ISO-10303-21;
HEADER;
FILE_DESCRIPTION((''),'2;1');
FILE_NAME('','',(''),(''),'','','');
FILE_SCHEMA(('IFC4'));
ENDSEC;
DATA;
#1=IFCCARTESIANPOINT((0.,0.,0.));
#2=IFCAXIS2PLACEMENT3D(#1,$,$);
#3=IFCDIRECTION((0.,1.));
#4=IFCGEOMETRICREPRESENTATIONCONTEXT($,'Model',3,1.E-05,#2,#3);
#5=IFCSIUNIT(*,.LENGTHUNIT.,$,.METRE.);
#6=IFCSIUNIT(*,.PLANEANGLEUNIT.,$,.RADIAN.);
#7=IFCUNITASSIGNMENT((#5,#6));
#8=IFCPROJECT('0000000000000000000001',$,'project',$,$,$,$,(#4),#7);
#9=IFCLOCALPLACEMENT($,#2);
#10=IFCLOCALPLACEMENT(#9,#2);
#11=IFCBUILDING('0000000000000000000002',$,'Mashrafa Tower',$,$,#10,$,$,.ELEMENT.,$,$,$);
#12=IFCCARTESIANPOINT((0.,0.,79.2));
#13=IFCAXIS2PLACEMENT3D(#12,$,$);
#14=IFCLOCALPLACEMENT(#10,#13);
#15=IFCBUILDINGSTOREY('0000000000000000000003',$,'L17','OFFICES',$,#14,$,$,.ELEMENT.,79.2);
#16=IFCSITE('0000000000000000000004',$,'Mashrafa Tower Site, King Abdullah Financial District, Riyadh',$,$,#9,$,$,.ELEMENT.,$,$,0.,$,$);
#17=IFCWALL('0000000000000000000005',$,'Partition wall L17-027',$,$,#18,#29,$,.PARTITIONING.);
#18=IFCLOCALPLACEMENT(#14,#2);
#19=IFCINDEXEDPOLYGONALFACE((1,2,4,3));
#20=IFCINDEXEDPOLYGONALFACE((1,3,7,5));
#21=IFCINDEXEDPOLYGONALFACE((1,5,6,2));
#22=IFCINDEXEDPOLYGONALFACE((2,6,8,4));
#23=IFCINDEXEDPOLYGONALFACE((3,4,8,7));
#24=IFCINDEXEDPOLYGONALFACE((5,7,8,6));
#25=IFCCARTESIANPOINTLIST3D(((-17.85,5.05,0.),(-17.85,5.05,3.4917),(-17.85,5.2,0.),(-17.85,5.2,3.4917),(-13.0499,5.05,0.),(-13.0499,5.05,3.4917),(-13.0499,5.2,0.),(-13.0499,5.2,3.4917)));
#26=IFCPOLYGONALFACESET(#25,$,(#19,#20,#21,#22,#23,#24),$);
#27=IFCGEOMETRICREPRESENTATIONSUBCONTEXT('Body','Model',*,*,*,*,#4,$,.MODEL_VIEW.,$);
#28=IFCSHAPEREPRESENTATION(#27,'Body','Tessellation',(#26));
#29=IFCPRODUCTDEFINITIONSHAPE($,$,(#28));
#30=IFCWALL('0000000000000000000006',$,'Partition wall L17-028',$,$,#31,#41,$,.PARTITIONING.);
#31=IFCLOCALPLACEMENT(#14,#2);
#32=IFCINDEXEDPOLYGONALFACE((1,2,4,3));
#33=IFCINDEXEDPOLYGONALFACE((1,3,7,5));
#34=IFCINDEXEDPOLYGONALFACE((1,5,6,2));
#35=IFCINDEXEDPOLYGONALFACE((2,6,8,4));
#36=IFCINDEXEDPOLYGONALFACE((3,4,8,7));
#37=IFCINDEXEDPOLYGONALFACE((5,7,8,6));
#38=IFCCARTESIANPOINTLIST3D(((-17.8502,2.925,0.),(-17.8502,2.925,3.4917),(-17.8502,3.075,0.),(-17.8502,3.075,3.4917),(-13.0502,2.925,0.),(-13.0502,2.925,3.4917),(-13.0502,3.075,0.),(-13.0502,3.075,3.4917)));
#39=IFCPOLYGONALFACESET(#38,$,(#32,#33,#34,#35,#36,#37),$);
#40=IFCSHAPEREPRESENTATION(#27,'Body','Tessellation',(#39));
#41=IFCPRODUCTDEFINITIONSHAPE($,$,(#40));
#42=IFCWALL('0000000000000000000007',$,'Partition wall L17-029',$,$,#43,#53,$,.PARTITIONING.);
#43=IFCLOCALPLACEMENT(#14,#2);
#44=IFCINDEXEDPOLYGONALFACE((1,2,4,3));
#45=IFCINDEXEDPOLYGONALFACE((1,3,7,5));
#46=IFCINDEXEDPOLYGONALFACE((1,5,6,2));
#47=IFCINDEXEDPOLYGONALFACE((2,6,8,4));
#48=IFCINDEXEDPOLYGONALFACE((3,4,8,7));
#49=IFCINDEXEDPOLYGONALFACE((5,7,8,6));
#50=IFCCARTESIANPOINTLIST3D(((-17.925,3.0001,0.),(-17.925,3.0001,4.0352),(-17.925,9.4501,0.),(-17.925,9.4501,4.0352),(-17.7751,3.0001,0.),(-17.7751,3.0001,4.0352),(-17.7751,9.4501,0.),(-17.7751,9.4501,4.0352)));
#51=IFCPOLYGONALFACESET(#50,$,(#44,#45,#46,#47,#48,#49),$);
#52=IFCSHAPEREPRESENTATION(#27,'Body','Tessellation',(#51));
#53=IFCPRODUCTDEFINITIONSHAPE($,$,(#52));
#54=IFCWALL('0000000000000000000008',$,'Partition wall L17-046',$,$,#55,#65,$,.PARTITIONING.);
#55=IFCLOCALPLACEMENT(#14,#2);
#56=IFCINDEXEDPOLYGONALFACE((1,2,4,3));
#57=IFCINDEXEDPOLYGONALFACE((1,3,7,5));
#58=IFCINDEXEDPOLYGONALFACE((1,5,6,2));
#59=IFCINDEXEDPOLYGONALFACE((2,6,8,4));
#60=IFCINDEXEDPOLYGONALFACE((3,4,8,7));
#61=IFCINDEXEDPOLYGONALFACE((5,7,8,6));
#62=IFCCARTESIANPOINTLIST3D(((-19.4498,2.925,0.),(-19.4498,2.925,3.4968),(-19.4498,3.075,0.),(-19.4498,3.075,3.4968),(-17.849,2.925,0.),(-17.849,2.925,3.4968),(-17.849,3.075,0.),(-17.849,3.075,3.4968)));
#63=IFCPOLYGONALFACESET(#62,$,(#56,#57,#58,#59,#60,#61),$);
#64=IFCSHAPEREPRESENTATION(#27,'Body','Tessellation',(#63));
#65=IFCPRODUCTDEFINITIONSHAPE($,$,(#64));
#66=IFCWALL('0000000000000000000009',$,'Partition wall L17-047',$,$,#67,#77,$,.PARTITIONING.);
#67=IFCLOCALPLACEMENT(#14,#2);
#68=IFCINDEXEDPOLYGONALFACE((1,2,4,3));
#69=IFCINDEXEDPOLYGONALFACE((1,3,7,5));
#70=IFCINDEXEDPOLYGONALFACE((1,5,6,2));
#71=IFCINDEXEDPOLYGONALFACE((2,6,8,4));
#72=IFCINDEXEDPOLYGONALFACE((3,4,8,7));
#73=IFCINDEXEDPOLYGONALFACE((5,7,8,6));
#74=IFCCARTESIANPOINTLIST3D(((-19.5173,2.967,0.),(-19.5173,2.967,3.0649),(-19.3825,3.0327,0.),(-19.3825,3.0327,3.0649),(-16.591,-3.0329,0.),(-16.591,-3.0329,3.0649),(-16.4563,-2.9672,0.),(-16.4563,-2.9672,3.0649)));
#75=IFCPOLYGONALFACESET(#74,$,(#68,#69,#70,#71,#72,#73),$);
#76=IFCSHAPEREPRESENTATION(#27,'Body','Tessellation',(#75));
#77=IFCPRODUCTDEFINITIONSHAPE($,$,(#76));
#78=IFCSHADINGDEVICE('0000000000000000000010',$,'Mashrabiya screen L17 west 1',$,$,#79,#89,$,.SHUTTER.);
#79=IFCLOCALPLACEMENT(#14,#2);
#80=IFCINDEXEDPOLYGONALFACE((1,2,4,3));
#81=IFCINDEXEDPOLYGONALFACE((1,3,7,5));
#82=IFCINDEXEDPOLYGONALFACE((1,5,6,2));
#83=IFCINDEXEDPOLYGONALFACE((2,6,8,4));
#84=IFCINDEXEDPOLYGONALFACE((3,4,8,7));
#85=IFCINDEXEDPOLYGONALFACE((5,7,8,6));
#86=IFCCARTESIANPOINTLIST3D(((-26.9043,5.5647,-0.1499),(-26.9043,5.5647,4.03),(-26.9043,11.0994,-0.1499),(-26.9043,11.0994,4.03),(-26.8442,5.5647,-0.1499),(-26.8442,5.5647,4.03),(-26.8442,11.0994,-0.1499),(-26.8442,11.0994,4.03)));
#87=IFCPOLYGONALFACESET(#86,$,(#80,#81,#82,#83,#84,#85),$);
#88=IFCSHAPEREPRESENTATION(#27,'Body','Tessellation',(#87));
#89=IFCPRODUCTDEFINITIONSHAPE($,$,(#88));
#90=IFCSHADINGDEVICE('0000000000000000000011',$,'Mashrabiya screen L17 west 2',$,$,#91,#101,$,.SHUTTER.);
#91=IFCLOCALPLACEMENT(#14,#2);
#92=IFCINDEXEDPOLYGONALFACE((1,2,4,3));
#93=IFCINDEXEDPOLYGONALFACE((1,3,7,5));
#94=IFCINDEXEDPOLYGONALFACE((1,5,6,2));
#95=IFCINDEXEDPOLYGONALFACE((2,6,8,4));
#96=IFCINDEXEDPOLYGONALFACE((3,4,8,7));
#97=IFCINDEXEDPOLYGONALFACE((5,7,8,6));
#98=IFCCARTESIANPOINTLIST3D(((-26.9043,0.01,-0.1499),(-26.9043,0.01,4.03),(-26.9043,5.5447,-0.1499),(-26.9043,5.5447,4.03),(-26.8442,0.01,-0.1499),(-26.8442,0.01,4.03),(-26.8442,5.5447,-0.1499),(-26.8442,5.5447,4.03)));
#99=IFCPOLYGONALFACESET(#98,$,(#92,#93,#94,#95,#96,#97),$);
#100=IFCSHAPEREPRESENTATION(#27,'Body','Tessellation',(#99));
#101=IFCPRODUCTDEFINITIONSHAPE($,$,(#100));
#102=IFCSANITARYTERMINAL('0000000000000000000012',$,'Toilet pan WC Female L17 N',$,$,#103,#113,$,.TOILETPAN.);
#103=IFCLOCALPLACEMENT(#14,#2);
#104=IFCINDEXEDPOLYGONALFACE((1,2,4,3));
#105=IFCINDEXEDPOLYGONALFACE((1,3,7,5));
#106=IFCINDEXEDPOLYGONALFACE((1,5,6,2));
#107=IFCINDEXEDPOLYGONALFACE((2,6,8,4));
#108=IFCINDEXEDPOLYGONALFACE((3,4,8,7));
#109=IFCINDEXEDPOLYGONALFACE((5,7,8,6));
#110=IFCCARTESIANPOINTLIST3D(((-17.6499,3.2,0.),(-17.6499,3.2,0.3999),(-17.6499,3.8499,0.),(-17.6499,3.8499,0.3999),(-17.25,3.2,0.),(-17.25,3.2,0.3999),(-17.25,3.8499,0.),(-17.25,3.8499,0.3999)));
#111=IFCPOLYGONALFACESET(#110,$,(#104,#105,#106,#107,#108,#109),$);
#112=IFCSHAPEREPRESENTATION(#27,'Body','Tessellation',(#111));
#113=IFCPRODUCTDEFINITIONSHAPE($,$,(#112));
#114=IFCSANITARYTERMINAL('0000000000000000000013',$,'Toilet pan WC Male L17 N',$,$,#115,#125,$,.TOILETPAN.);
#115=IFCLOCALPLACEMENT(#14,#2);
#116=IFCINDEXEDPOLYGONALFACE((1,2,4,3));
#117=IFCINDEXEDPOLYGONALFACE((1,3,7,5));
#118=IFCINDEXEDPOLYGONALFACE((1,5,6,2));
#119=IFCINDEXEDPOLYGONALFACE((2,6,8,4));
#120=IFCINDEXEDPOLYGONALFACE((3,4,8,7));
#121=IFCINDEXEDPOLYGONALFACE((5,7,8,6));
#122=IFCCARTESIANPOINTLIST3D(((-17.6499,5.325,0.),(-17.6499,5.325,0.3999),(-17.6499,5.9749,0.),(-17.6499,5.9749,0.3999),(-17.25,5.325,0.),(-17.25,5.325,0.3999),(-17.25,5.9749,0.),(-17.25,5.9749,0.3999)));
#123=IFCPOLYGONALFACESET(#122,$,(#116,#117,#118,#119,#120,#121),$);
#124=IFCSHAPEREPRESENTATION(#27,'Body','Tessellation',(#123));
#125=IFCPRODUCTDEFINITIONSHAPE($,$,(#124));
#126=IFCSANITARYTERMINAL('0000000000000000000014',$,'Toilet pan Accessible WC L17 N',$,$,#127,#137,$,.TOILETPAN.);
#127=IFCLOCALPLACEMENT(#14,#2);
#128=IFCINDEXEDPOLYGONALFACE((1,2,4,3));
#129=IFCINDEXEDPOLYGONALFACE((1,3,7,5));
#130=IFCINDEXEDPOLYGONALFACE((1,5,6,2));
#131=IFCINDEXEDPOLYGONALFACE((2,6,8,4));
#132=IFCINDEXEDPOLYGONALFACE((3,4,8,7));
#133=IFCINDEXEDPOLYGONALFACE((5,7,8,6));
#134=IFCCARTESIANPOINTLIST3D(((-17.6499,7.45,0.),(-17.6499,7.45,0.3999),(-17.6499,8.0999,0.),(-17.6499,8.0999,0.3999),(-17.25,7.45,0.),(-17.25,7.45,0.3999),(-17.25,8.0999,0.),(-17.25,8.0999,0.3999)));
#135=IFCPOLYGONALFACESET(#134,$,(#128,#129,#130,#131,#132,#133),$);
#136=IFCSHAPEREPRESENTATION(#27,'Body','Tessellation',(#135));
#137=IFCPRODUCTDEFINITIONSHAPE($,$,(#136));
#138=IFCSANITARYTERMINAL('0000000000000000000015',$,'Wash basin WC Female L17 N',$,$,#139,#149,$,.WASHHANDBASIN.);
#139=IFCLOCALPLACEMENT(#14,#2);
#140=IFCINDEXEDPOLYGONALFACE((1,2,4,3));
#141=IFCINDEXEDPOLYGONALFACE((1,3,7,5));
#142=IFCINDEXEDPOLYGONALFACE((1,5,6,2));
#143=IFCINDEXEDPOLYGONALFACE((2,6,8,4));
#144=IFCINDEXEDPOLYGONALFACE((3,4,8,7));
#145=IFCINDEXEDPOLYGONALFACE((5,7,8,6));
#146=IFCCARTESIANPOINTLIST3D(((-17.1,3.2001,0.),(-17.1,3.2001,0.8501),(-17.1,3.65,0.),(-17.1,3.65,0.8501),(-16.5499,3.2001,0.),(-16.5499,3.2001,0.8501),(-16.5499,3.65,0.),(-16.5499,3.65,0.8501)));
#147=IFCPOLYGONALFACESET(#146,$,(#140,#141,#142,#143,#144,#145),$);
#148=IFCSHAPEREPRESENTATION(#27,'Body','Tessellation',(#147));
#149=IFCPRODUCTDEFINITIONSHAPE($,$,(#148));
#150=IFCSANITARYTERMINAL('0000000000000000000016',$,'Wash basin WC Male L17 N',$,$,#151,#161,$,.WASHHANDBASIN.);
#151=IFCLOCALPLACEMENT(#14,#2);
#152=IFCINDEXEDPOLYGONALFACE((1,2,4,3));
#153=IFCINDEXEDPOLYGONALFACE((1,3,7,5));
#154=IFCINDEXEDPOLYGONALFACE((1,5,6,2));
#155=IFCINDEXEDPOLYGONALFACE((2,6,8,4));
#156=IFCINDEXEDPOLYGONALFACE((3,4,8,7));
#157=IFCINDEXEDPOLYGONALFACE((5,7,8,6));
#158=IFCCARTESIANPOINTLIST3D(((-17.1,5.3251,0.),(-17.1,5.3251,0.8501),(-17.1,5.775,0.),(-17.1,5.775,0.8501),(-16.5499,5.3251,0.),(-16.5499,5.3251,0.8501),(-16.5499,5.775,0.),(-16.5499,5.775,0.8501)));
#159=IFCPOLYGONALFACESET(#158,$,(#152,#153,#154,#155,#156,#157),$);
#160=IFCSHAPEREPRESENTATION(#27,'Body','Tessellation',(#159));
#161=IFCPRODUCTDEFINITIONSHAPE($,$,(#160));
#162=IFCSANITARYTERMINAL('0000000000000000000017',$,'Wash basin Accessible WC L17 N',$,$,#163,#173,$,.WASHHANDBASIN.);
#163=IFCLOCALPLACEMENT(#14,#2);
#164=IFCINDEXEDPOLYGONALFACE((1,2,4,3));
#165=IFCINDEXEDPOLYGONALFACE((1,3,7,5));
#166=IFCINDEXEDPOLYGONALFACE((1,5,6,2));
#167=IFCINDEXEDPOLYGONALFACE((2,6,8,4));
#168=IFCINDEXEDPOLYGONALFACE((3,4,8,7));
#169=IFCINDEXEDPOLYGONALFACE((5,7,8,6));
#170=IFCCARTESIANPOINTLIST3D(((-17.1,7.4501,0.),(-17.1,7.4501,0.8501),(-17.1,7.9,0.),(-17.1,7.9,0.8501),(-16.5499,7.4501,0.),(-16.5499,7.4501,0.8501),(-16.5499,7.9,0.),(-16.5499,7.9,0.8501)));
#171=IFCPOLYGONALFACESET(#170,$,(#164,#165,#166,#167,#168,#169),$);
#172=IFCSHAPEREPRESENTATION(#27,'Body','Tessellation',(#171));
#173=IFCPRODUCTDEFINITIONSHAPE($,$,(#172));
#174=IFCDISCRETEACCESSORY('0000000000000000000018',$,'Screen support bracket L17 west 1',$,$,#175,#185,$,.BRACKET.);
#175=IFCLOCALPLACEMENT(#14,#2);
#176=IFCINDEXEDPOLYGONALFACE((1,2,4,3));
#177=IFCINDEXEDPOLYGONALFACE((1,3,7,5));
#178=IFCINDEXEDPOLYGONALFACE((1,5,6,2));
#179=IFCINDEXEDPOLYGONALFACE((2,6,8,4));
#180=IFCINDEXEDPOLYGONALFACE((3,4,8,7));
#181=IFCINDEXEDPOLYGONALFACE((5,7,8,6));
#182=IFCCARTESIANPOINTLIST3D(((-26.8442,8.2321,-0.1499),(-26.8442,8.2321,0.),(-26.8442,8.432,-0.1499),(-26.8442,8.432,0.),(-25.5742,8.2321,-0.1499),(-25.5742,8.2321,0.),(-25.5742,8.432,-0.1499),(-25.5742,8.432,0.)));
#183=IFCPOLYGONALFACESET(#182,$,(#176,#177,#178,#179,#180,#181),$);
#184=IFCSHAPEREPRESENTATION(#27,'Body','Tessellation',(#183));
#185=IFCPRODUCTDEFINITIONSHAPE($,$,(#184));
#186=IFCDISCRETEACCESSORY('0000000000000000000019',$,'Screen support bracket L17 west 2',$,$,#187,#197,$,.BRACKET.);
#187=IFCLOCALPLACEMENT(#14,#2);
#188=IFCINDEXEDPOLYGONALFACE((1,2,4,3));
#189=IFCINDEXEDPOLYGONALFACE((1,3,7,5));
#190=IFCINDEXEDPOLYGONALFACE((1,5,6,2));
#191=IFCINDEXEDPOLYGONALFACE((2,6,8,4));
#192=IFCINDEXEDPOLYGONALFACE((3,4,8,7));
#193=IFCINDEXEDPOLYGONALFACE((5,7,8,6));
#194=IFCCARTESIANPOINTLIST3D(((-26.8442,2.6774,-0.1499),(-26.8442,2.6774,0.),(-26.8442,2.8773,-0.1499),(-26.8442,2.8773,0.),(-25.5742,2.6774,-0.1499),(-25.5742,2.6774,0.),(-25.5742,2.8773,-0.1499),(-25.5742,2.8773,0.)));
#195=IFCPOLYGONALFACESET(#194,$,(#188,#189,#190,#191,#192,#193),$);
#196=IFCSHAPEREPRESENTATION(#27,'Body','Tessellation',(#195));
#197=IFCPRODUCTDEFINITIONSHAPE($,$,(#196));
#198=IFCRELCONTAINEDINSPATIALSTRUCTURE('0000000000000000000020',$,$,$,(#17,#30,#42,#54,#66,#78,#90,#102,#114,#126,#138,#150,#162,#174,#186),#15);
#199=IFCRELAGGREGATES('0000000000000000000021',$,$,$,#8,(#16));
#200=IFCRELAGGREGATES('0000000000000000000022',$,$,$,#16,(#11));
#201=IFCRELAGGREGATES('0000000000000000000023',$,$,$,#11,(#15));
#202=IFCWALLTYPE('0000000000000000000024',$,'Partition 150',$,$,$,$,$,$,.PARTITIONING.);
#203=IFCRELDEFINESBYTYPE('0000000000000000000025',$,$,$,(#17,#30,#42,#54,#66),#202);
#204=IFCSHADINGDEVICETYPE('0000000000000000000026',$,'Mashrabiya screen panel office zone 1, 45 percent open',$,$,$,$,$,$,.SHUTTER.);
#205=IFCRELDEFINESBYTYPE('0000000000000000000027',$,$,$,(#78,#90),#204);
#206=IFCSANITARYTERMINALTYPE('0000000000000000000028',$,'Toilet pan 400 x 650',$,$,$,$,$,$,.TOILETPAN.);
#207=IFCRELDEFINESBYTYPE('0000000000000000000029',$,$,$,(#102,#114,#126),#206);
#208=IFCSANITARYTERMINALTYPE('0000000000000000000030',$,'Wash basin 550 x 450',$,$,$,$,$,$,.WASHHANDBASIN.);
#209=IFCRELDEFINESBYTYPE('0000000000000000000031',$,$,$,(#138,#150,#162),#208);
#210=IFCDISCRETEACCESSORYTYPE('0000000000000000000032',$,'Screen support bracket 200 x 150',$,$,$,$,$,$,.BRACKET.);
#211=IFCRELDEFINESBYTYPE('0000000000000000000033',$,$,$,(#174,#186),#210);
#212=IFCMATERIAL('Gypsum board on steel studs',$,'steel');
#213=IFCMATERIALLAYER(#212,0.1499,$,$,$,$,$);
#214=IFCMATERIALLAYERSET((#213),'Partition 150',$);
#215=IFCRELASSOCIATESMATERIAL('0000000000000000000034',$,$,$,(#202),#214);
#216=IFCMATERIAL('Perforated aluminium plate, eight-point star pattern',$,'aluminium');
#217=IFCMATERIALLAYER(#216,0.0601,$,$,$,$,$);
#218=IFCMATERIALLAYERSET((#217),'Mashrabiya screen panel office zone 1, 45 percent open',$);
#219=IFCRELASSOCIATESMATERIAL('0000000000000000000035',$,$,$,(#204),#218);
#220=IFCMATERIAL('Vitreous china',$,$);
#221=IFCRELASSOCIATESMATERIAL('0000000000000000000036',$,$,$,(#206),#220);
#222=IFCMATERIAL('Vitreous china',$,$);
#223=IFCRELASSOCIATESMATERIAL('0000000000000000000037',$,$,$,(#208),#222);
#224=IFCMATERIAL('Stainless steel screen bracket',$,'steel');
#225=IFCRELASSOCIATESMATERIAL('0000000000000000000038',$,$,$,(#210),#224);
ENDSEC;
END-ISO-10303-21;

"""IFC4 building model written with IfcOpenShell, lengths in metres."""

from ifc_helpers import new_model, si_unit, direction, frame, frame_2d, origin, origin_2d, place, context, subcontext, project, spatial, rectangle, extrude, source, transform, mapped, material, layer, layer_set, type_object, type_shapes, element, save


model = new_model("IFC4")

# Units and contexts
model_context = context("Model", 3, precision=1e-05, world=origin(), true_north=direction((0.0, 1.0)))
body_context = subcontext(model_context, "Body", "Model", "MODEL_VIEW")
ifc_project = project(units=[si_unit("LENGTHUNIT", "METRE"), si_unit("PLANEANGLEUNIT", "RADIAN")], contexts=[model_context])

# Site, building, storey
site_placement = place(None, origin())
site = spatial("IfcSite", under=ifc_project, at=site_placement, Name="Mashrafa Tower Site, King Abdullah Financial District, Riyadh", CompositionType="ELEMENT", RefElevation=0.0)
building_placement = place(site_placement, origin())
building = spatial("IfcBuilding", under=site, at=building_placement, Name="Mashrafa Tower", CompositionType="ELEMENT")
storey_placement = place(building_placement, frame((0.0, 0.0, 79.2)))
storey = spatial("IfcBuildingStorey", under=building, at=storey_placement, Name="L17", Description="OFFICES", CompositionType="ELEMENT", Elevation=79.2)

# Walls
ifc_material_1 = material(Name="Gypsum board on steel studs", Category="steel")
ifc_layer_1 = layer(ifc_material_1, 0.1499)
ifc_layer_set_1 = layer_set([ifc_layer_1], Name="Partition 150")
wall_type_1 = type_object("IfcWallType", Name="Partition 150", PredefinedType="PARTITIONING", material=ifc_layer_set_1)
for number, where, z_axis, x_axis, name in (
    (1, (-13.05, 5.125, 0.0), (0.0, 0.0, 1.0), (-1.0, 0.0, 0.0), "Partition wall L17-027"),
    (2, (-17.8501, 3.0, 0.0), (0.0, 0.0, 1.0), (1.0, 0.0, 0.0), "Partition wall L17-028"),
):
    element("IfcWall", number, at=place(storey_placement, frame(where, z_axis=z_axis, x_axis=x_axis)), inside=storey, type_object=wall_type_1, Name=name, PredefinedType="PARTITIONING", context=body_context, shape_type="SweptSolid", body=[
        extrude(rectangle(XDim=4.8, YDim=0.1499, at=frame_2d((2.3999, 0.0))), origin(), (0.0, 0.0, 1.0), 3.4917),
    ])
wall_1_placement = place(storey_placement, frame((-17.8501, 3.0, 0.0), z_axis=(0.0, 0.0, 1.0), x_axis=(0.0, 1.0, 0.0)))
element("IfcWall", 3, at=wall_1_placement, inside=storey, type_object=wall_type_1, Name="Partition wall L17-029", PredefinedType="PARTITIONING", context=body_context, shape_type="SweptSolid", body=[
    extrude(rectangle(XDim=6.45, YDim=0.1499, at=frame_2d((3.2251, 0.0))), origin(), (0.0, 0.0, 1.0), 4.0352),
])
wall_2_placement = place(storey_placement, frame((-17.8491, 3.0, 0.0), z_axis=(0.0, 0.0, 1.0), x_axis=(-1.0, 0.0, 0.0)))
element("IfcWall", 4, at=wall_2_placement, inside=storey, type_object=wall_type_1, Name="Partition wall L17-046", PredefinedType="PARTITIONING", context=body_context, shape_type="SweptSolid", body=[
    extrude(rectangle(XDim=1.6008, YDim=0.1499, at=frame_2d((0.8003, 0.0))), origin(), (0.0, 0.0, 1.0), 3.4968),
])
wall_3_placement = place(storey_placement, frame((-19.45, 3.0, 0.0), z_axis=(0.0, 0.0, 1.0), x_axis=(0.438356, -0.898801, 0.0)))
element("IfcWall", 5, at=wall_3_placement, inside=storey, type_object=wall_type_1, Name="Partition wall L17-047", PredefinedType="PARTITIONING", context=body_context, shape_type="SweptSolid", body=[
    extrude(rectangle(XDim=6.6755, YDim=0.1499, at=frame_2d((3.3379, 0.0))), origin(), (0.0, 0.0, 1.0), 3.0649),
])

# Shading devices
ifc_material_2 = material(Name="Perforated aluminium plate, eight-point star pattern", Category="aluminium")
ifc_layer_2 = layer(ifc_material_2, 0.0601)
ifc_layer_set_2 = layer_set([ifc_layer_2], Name="Mashrabiya screen panel office zone 1, 45 percent open")
shading_device_type = type_object("IfcShadingDeviceType", Name="Mashrabiya screen panel office zone 1, 45 percent open", PredefinedType="SHUTTER", material=ifc_layer_set_2)
shared_shape_1 = source(origin(), body_context, "Body", "SweptSolid", [
    extrude(rectangle(XDim=5.5347, YDim=0.0601, at=origin_2d()), origin(), (0.0, 0.0, 1.0), 4.1799),
])
type_shapes(shading_device_type, [shared_shape_1])
for number, where, z_axis, x_axis, name in (
    (6, (-26.8743, 8.332, -0.1499), (0.0, 0.0, 1.0), (0.0, -1.0, 0.0), "Mashrabiya screen L17 west 1"),
    (7, (-26.8743, 2.7773, -0.1499), (0.0, 0.0, 1.0), (0.0, -1.0, 0.0), "Mashrabiya screen L17 west 2"),
):
    element("IfcShadingDevice", number, at=place(storey_placement, frame(where, z_axis=z_axis, x_axis=x_axis)), inside=storey, type_object=shading_device_type, Name=name, PredefinedType="SHUTTER", context=body_context, shape_type="MappedRepresentation", body=[
        mapped(shared_shape_1, transform((0.0, 0.0, 0.0))),
    ])

# Sanitary terminals
ifc_material_3 = material(Name="Vitreous china")
sanitary_terminal_type_1 = type_object("IfcSanitaryTerminalType", Name="Toilet pan 400 x 650", PredefinedType="TOILETPAN", material=ifc_material_3)
for number, where, z_axis, x_axis, name in (
    (8, (-17.45, 3.5249, 0.0), (0.0, 0.0, 1.0), (1.0, 0.0, 0.0), "Toilet pan WC Female L17 N"),
    (9, (-17.45, 5.6499, 0.0), (0.0, 0.0, 1.0), (1.0, 0.0, 0.0), "Toilet pan WC Male L17 N"),
    (10, (-17.45, 7.7749, 0.0), (0.0, 0.0, 1.0), (1.0, 0.0, 0.0), "Toilet pan Accessible WC L17 N"),
):
    element("IfcSanitaryTerminal", number, at=place(storey_placement, frame(where, z_axis=z_axis, x_axis=x_axis)), inside=storey, type_object=sanitary_terminal_type_1, Name=name, PredefinedType="TOILETPAN", context=body_context, shape_type="SweptSolid", body=[
        extrude(rectangle(XDim=0.3999, YDim=0.6499, at=origin_2d()), origin(), (0.0, 0.0, 1.0), 0.3999),
    ])
ifc_material_4 = material(Name="Vitreous china")
sanitary_terminal_type_2 = type_object("IfcSanitaryTerminalType", Name="Wash basin 550 x 450", PredefinedType="WASHHANDBASIN", material=ifc_material_4)
for number, where, z_axis, x_axis, name in (
    (11, (-16.825, 3.425, 0.0), (0.0, 0.0, 1.0), (1.0, 0.0, 0.0), "Wash basin WC Female L17 N"),
    (12, (-16.825, 5.55, 0.0), (0.0, 0.0, 1.0), (1.0, 0.0, 0.0), "Wash basin WC Male L17 N"),
    (13, (-16.825, 7.675, 0.0), (0.0, 0.0, 1.0), (1.0, 0.0, 0.0), "Wash basin Accessible WC L17 N"),
):
    element("IfcSanitaryTerminal", number, at=place(storey_placement, frame(where, z_axis=z_axis, x_axis=x_axis)), inside=storey, type_object=sanitary_terminal_type_2, Name=name, PredefinedType="WASHHANDBASIN", context=body_context, shape_type="SweptSolid", body=[
        extrude(rectangle(XDim=0.55, YDim=0.45, at=origin_2d()), origin(), (0.0, 0.0, 1.0), 0.8501),
    ])

# Discrete accessories
ifc_material_5 = material(Name="Stainless steel screen bracket", Category="steel")
discrete_accessory_type = type_object("IfcDiscreteAccessoryType", Name="Screen support bracket 200 x 150", PredefinedType="BRACKET", material=ifc_material_5)
shared_shape_2 = source(origin(), body_context, "Body", "SweptSolid", [
    extrude(rectangle(XDim=0.2, YDim=1.27, at=origin_2d()), origin(), (0.0, 0.0, 1.0), 0.1499),
])
type_shapes(discrete_accessory_type, [shared_shape_2])
for number, where, z_axis, x_axis, name in (
    (14, (-26.2092, 8.332, -0.1499), (0.0, 0.0, 1.0), (0.0, -1.0, 0.0), "Screen support bracket L17 west 1"),
    (15, (-26.2092, 2.7773, -0.1499), (0.0, 0.0, 1.0), (0.0, -1.0, 0.0), "Screen support bracket L17 west 2"),
):
    element("IfcDiscreteAccessory", number, at=place(storey_placement, frame(where, z_axis=z_axis, x_axis=x_axis)), inside=storey, type_object=discrete_accessory_type, Name=name, PredefinedType="BRACKET", context=body_context, shape_type="MappedRepresentation", body=[
        mapped(shared_shape_2, transform((0.0, 0.0, 0.0))),
    ])

save(model, "model.ifc")
